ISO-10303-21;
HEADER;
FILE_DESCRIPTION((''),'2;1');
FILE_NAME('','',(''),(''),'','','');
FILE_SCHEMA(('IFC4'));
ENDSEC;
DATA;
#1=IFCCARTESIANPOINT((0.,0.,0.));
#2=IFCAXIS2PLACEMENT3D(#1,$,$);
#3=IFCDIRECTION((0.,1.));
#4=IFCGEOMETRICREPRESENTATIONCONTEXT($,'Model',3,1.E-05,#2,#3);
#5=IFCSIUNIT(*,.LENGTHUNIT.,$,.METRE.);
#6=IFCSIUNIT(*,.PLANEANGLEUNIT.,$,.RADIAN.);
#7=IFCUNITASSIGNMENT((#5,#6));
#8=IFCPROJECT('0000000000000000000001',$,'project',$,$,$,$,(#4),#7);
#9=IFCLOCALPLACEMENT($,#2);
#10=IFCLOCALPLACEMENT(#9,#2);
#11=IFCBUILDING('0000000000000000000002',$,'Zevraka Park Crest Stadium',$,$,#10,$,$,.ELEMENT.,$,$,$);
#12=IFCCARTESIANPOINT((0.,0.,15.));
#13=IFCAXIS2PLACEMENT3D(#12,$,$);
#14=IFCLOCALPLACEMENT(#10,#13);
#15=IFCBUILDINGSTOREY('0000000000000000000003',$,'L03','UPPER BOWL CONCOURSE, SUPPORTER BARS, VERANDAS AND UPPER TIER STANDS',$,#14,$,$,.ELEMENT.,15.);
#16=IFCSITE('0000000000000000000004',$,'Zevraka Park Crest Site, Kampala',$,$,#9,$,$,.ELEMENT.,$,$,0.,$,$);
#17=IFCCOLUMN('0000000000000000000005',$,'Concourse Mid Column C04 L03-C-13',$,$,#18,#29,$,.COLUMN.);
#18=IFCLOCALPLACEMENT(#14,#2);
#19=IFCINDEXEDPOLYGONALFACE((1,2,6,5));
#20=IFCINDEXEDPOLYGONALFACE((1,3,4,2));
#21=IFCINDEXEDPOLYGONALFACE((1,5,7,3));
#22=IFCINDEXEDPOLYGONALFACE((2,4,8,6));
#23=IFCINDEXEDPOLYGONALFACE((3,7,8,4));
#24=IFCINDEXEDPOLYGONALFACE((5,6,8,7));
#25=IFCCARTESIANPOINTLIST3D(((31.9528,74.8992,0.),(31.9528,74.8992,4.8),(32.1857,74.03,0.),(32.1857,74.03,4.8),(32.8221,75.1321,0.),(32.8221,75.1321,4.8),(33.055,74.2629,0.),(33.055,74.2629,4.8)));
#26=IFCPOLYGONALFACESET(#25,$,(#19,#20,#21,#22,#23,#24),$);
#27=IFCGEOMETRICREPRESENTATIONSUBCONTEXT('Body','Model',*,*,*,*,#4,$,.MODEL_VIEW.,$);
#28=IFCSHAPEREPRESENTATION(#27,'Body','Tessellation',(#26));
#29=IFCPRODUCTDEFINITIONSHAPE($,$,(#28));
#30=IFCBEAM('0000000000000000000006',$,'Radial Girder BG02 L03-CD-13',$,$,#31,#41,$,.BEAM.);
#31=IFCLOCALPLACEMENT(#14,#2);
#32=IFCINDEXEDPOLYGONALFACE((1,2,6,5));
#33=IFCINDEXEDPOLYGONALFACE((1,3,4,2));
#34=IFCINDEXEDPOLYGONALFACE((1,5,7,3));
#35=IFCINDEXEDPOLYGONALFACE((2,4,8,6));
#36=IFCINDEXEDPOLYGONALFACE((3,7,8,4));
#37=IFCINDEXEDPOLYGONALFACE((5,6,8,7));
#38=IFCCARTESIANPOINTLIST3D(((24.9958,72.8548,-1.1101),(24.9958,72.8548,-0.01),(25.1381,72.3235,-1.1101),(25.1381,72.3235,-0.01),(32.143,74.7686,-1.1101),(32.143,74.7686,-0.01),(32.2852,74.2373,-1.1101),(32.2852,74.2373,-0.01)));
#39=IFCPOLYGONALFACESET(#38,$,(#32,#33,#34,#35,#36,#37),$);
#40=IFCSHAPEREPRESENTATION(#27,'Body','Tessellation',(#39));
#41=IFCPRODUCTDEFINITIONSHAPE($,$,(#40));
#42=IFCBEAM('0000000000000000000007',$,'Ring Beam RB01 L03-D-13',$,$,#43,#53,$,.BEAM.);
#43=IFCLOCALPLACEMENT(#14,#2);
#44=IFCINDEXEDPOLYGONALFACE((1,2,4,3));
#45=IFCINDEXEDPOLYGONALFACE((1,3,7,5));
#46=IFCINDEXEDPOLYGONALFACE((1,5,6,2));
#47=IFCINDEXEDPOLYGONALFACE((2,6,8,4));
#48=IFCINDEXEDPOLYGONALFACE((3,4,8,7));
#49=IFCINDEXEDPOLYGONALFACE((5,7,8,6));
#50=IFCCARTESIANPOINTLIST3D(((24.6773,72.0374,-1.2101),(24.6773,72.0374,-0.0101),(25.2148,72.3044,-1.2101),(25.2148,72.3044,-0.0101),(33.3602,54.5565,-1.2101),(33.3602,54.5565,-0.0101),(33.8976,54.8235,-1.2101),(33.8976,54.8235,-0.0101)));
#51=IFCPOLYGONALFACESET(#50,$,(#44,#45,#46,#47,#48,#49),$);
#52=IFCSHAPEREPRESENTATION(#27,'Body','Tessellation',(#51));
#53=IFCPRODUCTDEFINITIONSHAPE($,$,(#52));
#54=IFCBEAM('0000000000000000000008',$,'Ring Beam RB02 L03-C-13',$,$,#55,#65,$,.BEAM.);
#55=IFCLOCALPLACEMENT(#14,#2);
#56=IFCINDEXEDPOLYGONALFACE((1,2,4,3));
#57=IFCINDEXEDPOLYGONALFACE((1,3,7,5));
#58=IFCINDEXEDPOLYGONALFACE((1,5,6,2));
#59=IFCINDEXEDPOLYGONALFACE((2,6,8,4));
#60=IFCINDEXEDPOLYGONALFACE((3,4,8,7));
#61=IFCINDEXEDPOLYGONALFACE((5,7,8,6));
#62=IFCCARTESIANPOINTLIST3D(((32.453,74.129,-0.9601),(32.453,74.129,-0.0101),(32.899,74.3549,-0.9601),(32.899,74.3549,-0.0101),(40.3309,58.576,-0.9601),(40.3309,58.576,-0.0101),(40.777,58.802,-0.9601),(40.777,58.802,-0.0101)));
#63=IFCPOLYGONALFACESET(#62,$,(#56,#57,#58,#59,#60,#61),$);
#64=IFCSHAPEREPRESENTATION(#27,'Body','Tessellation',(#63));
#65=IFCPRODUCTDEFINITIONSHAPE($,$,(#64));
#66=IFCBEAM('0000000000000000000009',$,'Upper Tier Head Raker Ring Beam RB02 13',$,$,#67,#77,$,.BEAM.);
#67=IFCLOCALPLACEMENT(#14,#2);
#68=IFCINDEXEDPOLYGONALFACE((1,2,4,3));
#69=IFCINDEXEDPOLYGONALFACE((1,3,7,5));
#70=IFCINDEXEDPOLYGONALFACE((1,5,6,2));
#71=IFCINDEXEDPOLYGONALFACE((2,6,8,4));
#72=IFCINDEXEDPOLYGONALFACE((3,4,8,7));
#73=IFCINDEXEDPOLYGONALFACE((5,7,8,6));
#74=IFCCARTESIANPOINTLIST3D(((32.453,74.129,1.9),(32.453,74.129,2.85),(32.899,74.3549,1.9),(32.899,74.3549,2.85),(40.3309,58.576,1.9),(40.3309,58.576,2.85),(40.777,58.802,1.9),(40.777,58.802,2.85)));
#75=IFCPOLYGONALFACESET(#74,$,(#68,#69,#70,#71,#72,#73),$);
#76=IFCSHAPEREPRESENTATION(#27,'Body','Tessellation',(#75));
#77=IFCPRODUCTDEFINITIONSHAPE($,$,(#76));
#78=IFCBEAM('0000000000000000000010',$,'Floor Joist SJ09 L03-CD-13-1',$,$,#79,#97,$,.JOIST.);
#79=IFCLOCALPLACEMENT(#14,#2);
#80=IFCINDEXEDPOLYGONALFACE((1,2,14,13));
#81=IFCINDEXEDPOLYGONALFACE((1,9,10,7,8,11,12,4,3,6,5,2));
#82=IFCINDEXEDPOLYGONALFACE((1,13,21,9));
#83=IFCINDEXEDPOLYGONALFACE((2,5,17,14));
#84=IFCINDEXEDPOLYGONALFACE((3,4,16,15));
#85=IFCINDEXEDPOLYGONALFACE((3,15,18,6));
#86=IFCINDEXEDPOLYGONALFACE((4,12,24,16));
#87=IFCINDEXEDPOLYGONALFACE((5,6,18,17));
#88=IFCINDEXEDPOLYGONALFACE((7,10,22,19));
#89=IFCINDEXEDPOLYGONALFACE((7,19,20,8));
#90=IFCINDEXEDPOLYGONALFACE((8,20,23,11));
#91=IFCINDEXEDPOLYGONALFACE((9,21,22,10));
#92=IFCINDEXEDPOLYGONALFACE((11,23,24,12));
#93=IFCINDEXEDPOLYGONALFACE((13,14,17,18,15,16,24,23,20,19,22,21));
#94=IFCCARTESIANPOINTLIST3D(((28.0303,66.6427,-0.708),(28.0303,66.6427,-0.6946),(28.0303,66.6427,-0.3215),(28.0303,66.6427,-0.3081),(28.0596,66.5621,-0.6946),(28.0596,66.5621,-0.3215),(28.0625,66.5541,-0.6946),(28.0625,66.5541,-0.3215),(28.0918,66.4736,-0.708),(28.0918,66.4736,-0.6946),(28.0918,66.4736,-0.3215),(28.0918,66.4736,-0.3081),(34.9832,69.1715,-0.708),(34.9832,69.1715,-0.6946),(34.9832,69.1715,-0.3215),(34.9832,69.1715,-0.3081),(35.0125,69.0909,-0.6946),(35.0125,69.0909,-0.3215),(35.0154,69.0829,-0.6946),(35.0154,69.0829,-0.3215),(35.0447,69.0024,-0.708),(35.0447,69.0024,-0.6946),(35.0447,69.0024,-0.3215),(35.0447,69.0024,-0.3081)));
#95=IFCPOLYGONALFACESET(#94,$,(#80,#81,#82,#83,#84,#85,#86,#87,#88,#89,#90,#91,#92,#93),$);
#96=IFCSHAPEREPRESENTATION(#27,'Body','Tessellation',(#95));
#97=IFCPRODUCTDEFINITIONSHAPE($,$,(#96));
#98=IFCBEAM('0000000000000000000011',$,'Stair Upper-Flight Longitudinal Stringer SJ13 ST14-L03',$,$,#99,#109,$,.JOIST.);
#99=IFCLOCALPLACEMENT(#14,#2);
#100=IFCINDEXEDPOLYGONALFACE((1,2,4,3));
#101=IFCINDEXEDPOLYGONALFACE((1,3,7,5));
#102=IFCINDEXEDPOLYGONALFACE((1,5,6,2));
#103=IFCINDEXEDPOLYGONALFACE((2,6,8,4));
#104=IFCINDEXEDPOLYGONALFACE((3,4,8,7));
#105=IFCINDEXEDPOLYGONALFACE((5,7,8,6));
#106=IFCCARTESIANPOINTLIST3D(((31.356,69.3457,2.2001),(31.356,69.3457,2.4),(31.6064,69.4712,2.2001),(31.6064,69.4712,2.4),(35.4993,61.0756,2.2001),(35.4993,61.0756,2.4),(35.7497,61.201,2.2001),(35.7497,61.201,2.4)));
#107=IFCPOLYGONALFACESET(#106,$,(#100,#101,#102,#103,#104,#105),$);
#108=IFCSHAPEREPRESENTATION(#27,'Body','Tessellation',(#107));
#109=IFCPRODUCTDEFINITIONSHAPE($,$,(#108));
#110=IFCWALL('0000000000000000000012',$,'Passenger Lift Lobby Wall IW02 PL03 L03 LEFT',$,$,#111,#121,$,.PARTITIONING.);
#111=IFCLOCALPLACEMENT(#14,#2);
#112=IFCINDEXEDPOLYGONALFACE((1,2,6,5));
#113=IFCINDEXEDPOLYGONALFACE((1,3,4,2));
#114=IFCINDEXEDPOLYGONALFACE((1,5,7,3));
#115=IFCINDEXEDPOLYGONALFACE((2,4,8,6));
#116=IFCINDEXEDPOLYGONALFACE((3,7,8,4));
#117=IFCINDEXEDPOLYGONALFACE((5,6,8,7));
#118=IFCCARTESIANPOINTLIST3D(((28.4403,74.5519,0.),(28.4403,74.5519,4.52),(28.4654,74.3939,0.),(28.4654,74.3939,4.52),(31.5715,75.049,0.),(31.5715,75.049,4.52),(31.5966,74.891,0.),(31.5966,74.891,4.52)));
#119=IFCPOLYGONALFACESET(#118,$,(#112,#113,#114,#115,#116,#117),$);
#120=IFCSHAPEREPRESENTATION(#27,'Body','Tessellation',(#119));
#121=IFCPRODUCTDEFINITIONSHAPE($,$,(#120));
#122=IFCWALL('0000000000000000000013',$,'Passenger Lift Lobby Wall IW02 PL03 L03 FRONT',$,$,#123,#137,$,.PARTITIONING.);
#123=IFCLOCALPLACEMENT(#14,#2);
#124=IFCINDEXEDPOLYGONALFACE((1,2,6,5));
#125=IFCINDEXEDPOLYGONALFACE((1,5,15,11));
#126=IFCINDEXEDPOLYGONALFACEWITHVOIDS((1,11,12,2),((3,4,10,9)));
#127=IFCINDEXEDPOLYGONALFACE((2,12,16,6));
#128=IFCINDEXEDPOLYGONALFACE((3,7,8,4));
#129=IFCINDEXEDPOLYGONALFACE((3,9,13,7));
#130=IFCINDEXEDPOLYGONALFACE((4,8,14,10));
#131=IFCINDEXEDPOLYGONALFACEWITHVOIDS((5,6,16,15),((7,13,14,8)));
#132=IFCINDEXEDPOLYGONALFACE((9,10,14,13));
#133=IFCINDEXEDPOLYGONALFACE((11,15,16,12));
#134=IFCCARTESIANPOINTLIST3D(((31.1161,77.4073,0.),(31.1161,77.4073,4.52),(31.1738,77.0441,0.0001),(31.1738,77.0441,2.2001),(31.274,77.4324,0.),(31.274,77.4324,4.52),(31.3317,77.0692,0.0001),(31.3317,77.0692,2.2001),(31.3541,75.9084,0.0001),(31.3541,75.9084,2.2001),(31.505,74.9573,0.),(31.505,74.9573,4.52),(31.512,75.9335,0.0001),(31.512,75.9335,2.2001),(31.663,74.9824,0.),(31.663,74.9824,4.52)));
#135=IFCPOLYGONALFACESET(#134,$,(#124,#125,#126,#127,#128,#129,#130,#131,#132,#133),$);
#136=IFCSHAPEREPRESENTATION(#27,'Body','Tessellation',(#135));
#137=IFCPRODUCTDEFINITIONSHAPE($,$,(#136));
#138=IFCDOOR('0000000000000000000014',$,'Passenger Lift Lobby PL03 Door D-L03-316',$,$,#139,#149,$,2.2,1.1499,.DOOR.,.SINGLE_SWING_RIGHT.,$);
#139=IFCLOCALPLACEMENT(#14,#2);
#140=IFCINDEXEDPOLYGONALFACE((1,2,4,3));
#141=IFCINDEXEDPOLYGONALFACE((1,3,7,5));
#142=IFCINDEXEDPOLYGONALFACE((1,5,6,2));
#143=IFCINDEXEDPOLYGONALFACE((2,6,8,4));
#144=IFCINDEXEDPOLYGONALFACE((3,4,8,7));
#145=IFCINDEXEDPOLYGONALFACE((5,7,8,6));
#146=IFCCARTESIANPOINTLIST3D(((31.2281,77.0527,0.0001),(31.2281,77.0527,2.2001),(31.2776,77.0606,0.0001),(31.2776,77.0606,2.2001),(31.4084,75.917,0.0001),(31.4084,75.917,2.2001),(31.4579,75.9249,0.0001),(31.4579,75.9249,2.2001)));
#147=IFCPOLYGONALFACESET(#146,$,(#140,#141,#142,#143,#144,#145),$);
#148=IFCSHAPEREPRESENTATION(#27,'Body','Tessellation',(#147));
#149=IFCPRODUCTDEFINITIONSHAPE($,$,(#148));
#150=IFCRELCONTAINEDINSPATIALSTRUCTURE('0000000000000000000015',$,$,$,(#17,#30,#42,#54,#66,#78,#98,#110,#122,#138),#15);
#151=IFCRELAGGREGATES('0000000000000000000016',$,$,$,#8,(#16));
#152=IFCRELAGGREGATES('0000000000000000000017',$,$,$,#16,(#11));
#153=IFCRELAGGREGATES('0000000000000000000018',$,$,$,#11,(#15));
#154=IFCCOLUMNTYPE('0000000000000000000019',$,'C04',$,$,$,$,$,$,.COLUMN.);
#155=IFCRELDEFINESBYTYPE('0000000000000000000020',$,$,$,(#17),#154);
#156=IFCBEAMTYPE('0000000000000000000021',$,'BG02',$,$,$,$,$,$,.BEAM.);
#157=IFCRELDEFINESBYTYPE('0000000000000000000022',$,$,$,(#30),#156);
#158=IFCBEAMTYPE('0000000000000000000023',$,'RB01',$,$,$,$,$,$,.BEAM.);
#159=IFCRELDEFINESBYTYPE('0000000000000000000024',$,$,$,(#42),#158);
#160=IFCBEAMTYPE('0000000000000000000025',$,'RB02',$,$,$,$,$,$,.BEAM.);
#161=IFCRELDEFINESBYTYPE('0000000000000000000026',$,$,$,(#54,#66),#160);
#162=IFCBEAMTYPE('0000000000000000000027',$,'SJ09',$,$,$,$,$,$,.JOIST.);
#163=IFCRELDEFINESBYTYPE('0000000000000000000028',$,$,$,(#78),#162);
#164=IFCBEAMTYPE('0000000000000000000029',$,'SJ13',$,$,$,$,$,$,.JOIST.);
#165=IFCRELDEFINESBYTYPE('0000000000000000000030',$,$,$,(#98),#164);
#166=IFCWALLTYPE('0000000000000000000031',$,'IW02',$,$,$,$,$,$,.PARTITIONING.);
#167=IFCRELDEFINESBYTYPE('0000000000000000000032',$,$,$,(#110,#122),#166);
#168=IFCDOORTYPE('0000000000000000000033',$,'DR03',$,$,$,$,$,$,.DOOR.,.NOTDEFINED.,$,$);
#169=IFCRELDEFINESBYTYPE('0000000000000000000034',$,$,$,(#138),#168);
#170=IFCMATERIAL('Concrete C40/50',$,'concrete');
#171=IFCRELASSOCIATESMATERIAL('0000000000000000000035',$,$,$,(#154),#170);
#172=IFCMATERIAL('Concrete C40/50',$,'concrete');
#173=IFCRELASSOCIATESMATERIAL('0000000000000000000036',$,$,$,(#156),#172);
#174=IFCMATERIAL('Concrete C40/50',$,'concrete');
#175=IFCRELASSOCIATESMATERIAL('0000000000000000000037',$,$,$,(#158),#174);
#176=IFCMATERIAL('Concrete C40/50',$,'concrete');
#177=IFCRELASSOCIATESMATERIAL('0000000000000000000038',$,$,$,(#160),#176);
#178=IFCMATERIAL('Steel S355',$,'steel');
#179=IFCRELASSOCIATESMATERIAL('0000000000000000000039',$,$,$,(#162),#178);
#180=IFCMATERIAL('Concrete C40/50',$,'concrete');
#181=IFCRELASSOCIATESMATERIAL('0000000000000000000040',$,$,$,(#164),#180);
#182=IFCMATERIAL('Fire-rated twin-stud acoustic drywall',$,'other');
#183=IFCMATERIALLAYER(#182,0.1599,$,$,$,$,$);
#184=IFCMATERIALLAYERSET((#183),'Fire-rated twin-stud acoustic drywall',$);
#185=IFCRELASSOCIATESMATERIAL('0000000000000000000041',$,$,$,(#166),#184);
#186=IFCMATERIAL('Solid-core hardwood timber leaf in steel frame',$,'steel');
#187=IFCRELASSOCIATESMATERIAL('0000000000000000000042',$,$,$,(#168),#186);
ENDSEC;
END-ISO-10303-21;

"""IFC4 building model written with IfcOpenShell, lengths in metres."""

from ifc_helpers import new_model, si_unit, direction, frame, frame_2d, origin, origin_2d, place, context, subcontext, project, spatial, rectangle, i_section, extrude, material, layer, layer_set, material_profile, profile_set, type_object, element, fill, save


model = new_model("IFC4")

# Units and contexts
model_context = context("Model", 3, precision=1e-05, world=origin(), true_north=direction((0.0, 1.0)))
body_context = subcontext(model_context, "Body", "Model", "MODEL_VIEW")
ifc_project = project(units=[si_unit("LENGTHUNIT", "METRE"), si_unit("PLANEANGLEUNIT", "RADIAN")], contexts=[model_context])

# Site, building, storey
site_placement = place(None, origin())
site = spatial("IfcSite", under=ifc_project, at=site_placement, Name="Zevraka Park Crest Site, Kampala", CompositionType="ELEMENT", RefElevation=0.0)
building_placement = place(site_placement, origin())
building = spatial("IfcBuilding", under=site, at=building_placement, Name="Zevraka Park Crest Stadium", CompositionType="ELEMENT")
storey_placement = place(building_placement, frame((0.0, 0.0, 15.0)))
storey = spatial("IfcBuildingStorey", under=building, at=storey_placement, Name="L03", Description="UPPER BOWL CONCOURSE, SUPPORTER BARS, VERANDAS AND UPPER TIER STANDS", CompositionType="ELEMENT", Elevation=15.0)

# Column
ifc_material_1 = material(Name="Concrete C40/50", Category="concrete")
ifc_material_profile_1 = material_profile(ifc_material_1, rectangle(XDim=0.8999, YDim=0.8999, at=origin_2d()), Name="RC 900x900")
ifc_profile_set_1 = profile_set([ifc_material_profile_1], Name="Concrete C40/50")
column_type = type_object("IfcColumnType", Name="C04", PredefinedType="COLUMN", material=ifc_profile_set_1)
column_placement = place(storey_placement, frame((32.5039, 74.5811, 0.0), z_axis=(0.0, 0.0, 1.0), x_axis=(0.965926, 0.258819, 0.0)))
element("IfcColumn", 1, at=column_placement, inside=storey, type_object=column_type, Name="Concourse Mid Column C04 L03-C-13", PredefinedType="COLUMN", context=body_context, shape_type="SweptSolid", body=[
    extrude(rectangle(XDim=0.8999, YDim=0.8999, at=origin_2d()), origin(), (0.0, 0.0, 1.0), 4.8),
])

# Beams
ifc_material_2 = material(Name="Concrete C40/50", Category="concrete")
ifc_material_profile_2 = material_profile(ifc_material_2, rectangle(XDim=0.55, YDim=1.1001, at=origin_2d()), Name="RC 1100x550")
ifc_profile_set_2 = profile_set([ifc_material_profile_2], Name="Concrete C40/50")
beam_type_1 = type_object("IfcBeamType", Name="BG02", PredefinedType="BEAM", material=ifc_profile_set_2)
beam_1_placement = place(storey_placement, frame((32.2141, 74.5029, -0.5601), z_axis=(-0.965969, -0.258659, 0.0), x_axis=(0.258659, -0.965969, 0.0)))
element("IfcBeam", 2, at=beam_1_placement, inside=storey, type_object=beam_type_1, Name="Radial Girder BG02 L03-CD-13", PredefinedType="BEAM", context=body_context, shape_type="SweptSolid", body=[
    extrude(rectangle(XDim=0.55, YDim=1.1001, at=origin_2d()), origin(), (0.0, 0.0, 1.0), 7.3989),
])
ifc_material_3 = material(Name="Concrete C40/50", Category="concrete")
ifc_material_profile_3 = material_profile(ifc_material_3, rectangle(XDim=0.6001, YDim=1.2, at=origin_2d()), Name="RC 1200x600")
ifc_profile_set_3 = profile_set([ifc_material_profile_3], Name="Concrete C40/50")
beam_type_2 = type_object("IfcBeamType", Name="RB01", PredefinedType="BEAM", material=ifc_profile_set_3)
beam_2_placement = place(storey_placement, frame((24.946, 72.1709, -0.6101), z_axis=(0.444851, -0.895605, 0.0), x_axis=(0.895605, 0.444851, 0.0)))
element("IfcBeam", 3, at=beam_2_placement, inside=storey, type_object=beam_type_2, Name="Ring Beam RB01 L03-D-13", PredefinedType="BEAM", context=body_context, shape_type="SweptSolid", body=[
    extrude(rectangle(XDim=0.6001, YDim=1.2, at=origin_2d()), origin(), (0.0, 0.0, 1.0), 19.5186),
])
ifc_material_4 = material(Name="Concrete C40/50", Category="concrete")
ifc_material_profile_4 = material_profile(ifc_material_4, rectangle(XDim=0.5, YDim=0.95, at=origin_2d()), Name="RC 950x500")
ifc_profile_set_4 = profile_set([ifc_material_profile_4], Name="Concrete C40/50")
beam_type_3 = type_object("IfcBeamType", Name="RB02", PredefinedType="BEAM", material=ifc_profile_set_4)
for number, where, z_axis, x_axis, name in (
    (4, (32.676, 74.2419, -0.4851), (0.451862, -0.892088, 0.0), (0.892088, 0.451862, 0.0), "Ring Beam RB02 L03-C-13"),
    (5, (32.676, 74.2419, 2.375), (0.451862, -0.892088, 0.0), (0.892088, 0.451862, 0.0), "Upper Tier Head Raker Ring Beam RB02 13"),
):
    element("IfcBeam", number, at=place(storey_placement, frame(where, z_axis=z_axis, x_axis=x_axis)), inside=storey, type_object=beam_type_3, Name=name, PredefinedType="BEAM", context=body_context, shape_type="SweptSolid", body=[
        extrude(rectangle(XDim=0.5, YDim=0.95, at=origin_2d()), origin(), (0.0, 0.0, 1.0), 17.4343),
    ])
ifc_material_5 = material(Name="Steel S355", Category="steel")
ifc_material_profile_5 = material_profile(ifc_material_5, i_section(OverallWidth=0.1799, OverallDepth=0.3999, WebThickness=0.0085, FlangeThickness=0.0134, at=origin_2d()), Name="IPE 400")
ifc_profile_set_5 = profile_set([ifc_material_profile_5], Name="Steel S355")
beam_type_4 = type_object("IfcBeamType", Name="SJ09", PredefinedType="JOIST", material=ifc_profile_set_5)
beam_3_placement = place(storey_placement, frame((35.0139, 69.0869, -0.5081), z_axis=(-0.939772, -0.341801, 0.0), x_axis=(0.341801, -0.939772, 0.0)))
element("IfcBeam", 6, at=beam_3_placement, inside=storey, type_object=beam_type_4, Name="Floor Joist SJ09 L03-CD-13-1", PredefinedType="JOIST", context=body_context, shape_type="SweptSolid", body=[
    extrude(i_section(OverallWidth=0.1799, OverallDepth=0.3999, WebThickness=0.0085, FlangeThickness=0.0134, at=origin_2d()), origin(), (0.0, 0.0, 1.0), 7.3984),
])
ifc_material_6 = material(Name="Concrete C40/50", Category="concrete")
ifc_material_profile_6 = material_profile(ifc_material_6, rectangle(XDim=0.28, YDim=0.2, at=origin_2d()), Name="RC 200x280")
ifc_profile_set_6 = profile_set([ifc_material_profile_6], Name="Concrete C40/50")
beam_type_5 = type_object("IfcBeamType", Name="SJ13", PredefinedType="JOIST", material=ifc_profile_set_6)
beam_4_placement = place(storey_placement, frame((31.4812, 69.4084, 2.3), z_axis=(0.447921, -0.894073, 0.0), x_axis=(0.894073, 0.447921, 0.0)))
element("IfcBeam", 7, at=beam_4_placement, inside=storey, type_object=beam_type_5, Name="Stair Upper-Flight Longitudinal Stringer SJ13 ST14-L03", PredefinedType="JOIST", context=body_context, shape_type="SweptSolid", body=[
    extrude(rectangle(XDim=0.28, YDim=0.2, at=origin_2d()), origin(), (0.0, 0.0, 1.0), 9.25),
])

# Wall
ifc_material_7 = material(Name="Fire-rated twin-stud acoustic drywall", Category="other")
ifc_layer_1 = layer(ifc_material_7, 0.1599)
ifc_layer_set_1 = layer_set([ifc_layer_1], Name="Fire-rated twin-stud acoustic drywall")
wall_type_1 = type_object("IfcWallType", Name="IW02", PredefinedType="PARTITIONING", material=ifc_layer_set_1)
wall_1_placement = place(storey_placement, frame((28.4529, 74.4729, 0.0), z_axis=(0.0, 0.0, 1.0), x_axis=(0.987632, 0.156789, 0.0)))
element("IfcWall", 8, at=wall_1_placement, inside=storey, type_object=wall_type_1, Name="Passenger Lift Lobby Wall IW02 PL03 L03 LEFT", PredefinedType="PARTITIONING", context=body_context, shape_type="SweptSolid", body=[
    extrude(rectangle(XDim=3.1704, YDim=0.1599, at=frame_2d((1.5852, 0.0))), origin(), (0.0, 0.0, 1.0), 4.52),
])

# Wall, opening, door
wall_2_placement = place(storey_placement, frame((31.584, 74.97, 0.0), z_axis=(0.0, 0.0, 1.0), x_axis=(-0.156781, 0.987633, 0.0)))
wall_2 = element("IfcWall", 9, at=wall_2_placement, inside=storey, type_object=wall_type_1, Name="Passenger Lift Lobby Wall IW02 PL03 L03 FRONT", PredefinedType="PARTITIONING", context=body_context, shape_type="SweptSolid", body=[
    extrude(rectangle(XDim=2.4807, YDim=0.1599, at=frame_2d((1.2402, 0.0))), origin(), (0.0, 0.0, 1.0), 4.52),
])
opening_1_placement = place(wall_2_placement, frame((0.9629, 0.0, 0.0)))
opening_1 = element("IfcOpeningElement", 10, at=opening_1_placement, cuts=wall_2, PredefinedType="OPENING", context=body_context, shape_type="SweptSolid", body=[
    extrude(rectangle(XDim=1.1499, YDim=2.2, at=frame_2d((0.575, 1.1001))), frame((0.0, 0.0898, 0.0), z_axis=(0.0, -1.0, 0.0), x_axis=(1.0, 0.0, 0.0)), (0.0, 0.0, 1.0), 0.1799),
])
ifc_material_8 = material(Name="Solid-core hardwood timber leaf in steel frame", Category="steel")
door_type_1 = type_object("IfcDoorType", Name="DR03", OperationType="NOTDEFINED", PredefinedType="DOOR", material=ifc_material_8)
door_1_placement = place(opening_1_placement, origin())
door_1 = element("IfcDoor", 11, at=door_1_placement, inside=storey, type_object=door_type_1, Name="Passenger Lift Lobby PL03 Door D-L03-316", OperationType="SINGLE_SWING_RIGHT", OverallHeight=2.2, OverallWidth=1.1499, PredefinedType="DOOR", context=body_context, shape_type="SweptSolid", body=[
    extrude(rectangle(XDim=1.1499, YDim=2.2, at=frame_2d((0.575, 1.1001))), frame((0.0, 0.0249, 0.0), z_axis=(0.0, -1.0, 0.0), x_axis=(1.0, 0.0, 0.0)), (0.0, 0.0, 1.0), 0.05),
])
fill(opening_1, door_1)

save(model, "model.ifc")
